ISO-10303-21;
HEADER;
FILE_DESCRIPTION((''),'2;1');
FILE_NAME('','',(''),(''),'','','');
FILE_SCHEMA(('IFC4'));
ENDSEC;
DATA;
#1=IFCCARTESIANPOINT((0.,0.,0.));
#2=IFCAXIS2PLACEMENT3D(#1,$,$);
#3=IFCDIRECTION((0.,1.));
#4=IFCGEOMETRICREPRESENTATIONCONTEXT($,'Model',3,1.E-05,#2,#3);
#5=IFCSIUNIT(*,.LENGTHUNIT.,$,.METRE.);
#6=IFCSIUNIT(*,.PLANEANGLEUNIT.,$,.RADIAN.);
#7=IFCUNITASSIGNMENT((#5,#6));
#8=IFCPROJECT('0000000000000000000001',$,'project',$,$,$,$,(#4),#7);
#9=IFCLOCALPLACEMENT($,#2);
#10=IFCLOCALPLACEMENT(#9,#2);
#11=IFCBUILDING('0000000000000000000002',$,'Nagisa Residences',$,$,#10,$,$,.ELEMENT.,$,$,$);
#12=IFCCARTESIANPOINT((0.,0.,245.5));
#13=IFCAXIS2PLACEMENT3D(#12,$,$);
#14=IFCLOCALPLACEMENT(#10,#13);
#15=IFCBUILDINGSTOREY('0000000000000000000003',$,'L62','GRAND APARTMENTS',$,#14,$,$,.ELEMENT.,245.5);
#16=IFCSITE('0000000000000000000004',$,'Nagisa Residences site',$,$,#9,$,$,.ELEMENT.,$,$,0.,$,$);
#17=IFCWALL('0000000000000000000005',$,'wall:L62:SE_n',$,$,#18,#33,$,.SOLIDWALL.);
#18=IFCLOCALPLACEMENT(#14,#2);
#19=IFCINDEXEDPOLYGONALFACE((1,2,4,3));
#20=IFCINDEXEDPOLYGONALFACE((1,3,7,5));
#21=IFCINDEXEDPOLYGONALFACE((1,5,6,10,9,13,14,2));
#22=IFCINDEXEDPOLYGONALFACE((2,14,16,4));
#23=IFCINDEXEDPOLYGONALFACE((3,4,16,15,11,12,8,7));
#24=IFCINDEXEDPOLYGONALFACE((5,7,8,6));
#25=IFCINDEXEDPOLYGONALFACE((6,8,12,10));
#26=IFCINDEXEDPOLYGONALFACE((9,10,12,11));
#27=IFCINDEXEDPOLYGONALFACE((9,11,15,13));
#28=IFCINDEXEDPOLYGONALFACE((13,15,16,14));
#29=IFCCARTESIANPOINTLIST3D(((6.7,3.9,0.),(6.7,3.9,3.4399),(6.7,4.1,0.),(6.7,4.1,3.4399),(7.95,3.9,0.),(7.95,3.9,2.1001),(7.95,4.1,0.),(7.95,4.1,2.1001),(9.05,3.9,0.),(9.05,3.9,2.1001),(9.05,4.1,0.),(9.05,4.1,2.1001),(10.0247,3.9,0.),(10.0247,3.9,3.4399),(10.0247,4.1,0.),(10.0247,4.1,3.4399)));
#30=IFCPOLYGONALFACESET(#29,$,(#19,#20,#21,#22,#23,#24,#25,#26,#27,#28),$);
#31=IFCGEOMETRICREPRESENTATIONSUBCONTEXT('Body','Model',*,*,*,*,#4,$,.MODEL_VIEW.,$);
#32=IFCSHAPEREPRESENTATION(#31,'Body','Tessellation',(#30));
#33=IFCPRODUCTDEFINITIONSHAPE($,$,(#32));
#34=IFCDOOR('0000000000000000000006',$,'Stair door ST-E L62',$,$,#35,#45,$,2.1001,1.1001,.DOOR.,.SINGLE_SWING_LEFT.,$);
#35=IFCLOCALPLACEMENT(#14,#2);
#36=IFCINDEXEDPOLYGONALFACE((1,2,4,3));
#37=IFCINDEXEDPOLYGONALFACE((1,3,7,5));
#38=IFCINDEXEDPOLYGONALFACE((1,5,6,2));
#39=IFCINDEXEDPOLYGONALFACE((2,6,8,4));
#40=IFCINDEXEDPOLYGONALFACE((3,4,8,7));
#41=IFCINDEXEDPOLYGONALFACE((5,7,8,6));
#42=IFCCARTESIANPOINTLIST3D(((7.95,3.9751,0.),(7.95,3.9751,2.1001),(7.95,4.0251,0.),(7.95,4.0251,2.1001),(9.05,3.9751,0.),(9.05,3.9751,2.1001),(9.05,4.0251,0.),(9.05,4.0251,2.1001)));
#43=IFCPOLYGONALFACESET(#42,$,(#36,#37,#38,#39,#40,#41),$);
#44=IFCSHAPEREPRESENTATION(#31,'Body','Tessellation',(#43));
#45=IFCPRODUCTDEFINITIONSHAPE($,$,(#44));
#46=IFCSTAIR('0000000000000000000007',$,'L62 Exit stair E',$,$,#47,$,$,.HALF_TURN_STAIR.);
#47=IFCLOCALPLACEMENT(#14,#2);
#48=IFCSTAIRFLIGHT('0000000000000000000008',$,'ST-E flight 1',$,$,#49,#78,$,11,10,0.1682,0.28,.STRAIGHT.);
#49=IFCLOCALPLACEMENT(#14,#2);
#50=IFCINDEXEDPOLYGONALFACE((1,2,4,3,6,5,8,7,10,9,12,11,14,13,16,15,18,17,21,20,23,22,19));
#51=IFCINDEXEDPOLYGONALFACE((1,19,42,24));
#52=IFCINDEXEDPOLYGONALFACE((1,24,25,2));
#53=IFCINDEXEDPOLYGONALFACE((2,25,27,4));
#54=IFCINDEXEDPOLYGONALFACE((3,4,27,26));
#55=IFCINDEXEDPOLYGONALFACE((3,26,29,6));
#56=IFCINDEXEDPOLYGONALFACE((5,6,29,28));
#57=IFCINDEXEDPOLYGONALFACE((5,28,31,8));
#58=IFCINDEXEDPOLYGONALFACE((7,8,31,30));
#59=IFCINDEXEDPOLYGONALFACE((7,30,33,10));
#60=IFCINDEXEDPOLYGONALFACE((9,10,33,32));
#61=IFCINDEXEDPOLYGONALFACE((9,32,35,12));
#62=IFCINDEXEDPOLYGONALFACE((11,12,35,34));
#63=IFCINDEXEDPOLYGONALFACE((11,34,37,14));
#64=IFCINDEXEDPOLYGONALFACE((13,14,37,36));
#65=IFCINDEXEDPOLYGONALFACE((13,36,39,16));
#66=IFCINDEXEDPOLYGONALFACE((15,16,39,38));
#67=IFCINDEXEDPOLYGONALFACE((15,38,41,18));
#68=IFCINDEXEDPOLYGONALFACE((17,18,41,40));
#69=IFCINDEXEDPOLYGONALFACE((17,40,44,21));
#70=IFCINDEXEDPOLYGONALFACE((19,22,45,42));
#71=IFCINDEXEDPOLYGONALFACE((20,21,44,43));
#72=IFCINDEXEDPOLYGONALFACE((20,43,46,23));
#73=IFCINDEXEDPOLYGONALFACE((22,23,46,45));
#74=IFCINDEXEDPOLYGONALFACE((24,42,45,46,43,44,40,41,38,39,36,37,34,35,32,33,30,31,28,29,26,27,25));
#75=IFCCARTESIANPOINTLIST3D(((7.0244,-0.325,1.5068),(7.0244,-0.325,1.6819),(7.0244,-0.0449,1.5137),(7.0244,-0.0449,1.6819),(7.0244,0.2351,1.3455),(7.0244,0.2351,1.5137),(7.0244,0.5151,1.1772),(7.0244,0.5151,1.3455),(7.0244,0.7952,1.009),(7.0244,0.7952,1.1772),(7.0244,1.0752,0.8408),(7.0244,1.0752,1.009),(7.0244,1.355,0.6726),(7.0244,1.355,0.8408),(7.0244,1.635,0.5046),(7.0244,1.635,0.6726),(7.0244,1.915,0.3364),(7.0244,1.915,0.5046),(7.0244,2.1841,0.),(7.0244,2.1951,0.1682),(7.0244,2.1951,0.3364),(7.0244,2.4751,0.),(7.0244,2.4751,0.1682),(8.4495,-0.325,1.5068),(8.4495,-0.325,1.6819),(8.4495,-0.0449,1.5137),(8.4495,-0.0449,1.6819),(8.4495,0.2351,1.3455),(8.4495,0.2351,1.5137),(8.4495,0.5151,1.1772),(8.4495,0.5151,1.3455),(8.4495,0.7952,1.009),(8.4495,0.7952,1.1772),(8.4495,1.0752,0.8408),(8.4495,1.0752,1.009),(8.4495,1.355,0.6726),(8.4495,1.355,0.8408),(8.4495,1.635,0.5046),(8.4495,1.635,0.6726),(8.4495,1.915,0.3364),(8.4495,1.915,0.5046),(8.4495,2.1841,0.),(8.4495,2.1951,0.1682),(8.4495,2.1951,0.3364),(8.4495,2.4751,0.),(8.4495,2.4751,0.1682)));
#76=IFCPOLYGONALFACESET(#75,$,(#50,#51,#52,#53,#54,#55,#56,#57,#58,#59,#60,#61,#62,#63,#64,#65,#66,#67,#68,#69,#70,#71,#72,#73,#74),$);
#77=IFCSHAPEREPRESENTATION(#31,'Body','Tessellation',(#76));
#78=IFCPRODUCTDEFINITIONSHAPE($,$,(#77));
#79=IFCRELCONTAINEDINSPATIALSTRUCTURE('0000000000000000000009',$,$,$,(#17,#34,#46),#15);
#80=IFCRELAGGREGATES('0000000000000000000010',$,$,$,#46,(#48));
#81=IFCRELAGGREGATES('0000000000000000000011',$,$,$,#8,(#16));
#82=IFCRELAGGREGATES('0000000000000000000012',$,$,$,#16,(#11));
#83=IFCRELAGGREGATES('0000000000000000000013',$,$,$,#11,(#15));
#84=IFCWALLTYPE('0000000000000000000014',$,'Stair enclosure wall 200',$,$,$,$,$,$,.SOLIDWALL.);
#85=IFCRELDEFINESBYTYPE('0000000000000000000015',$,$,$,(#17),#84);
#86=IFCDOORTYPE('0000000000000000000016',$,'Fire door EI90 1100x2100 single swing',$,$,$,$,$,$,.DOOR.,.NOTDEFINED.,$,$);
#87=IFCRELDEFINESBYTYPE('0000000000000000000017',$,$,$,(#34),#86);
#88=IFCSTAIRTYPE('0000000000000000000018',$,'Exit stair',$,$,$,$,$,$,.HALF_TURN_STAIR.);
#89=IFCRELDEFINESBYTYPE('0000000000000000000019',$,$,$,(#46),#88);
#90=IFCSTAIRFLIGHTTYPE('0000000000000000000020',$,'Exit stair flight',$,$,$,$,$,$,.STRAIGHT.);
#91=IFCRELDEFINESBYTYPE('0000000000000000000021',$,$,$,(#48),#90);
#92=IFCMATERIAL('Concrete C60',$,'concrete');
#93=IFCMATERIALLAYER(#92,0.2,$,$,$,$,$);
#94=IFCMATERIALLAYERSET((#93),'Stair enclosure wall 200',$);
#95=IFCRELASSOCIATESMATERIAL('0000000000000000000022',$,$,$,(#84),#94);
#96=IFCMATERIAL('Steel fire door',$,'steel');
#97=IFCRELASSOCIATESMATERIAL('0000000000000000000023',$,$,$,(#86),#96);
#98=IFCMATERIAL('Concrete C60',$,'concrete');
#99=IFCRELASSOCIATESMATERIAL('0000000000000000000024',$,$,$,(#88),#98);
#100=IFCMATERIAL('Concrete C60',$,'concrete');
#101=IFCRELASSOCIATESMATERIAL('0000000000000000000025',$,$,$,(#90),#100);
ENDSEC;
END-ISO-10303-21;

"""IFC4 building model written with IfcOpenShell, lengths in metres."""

from ifc_helpers import new_model, si_unit, direction, frame, frame_2d, origin, place, context, subcontext, project, spatial, polyline, rectangle, outline, extrude, material, layer, layer_set, type_object, element, fill, aggregate, save


model = new_model("IFC4")

# Units and contexts
model_context = context("Model", 3, precision=1e-05, world=origin(), true_north=direction((0.0, 1.0)))
body_context = subcontext(model_context, "Body", "Model", "MODEL_VIEW")
ifc_project = project(units=[si_unit("LENGTHUNIT", "METRE"), si_unit("PLANEANGLEUNIT", "RADIAN")], contexts=[model_context])

# Site, building, storey
site_placement = place(None, origin())
site = spatial("IfcSite", under=ifc_project, at=site_placement, Name="Nagisa Residences site", CompositionType="ELEMENT", RefElevation=0.0)
building_placement = place(site_placement, origin())
building = spatial("IfcBuilding", under=site, at=building_placement, Name="Nagisa Residences", CompositionType="ELEMENT")
storey_placement = place(building_placement, frame((0.0, 0.0, 245.5)))
storey = spatial("IfcBuildingStorey", under=building, at=storey_placement, Name="L62", Description="GRAND APARTMENTS", CompositionType="ELEMENT", Elevation=245.5)

# Wall, opening, door
ifc_material_1 = material(Name="Concrete C60", Category="concrete")
ifc_layer_1 = layer(ifc_material_1, 0.2)
ifc_layer_set_1 = layer_set([ifc_layer_1], Name="Stair enclosure wall 200")
wall_type_1 = type_object("IfcWallType", Name="Stair enclosure wall 200", PredefinedType="SOLIDWALL", material=ifc_layer_set_1)
wall_1_placement = place(storey_placement, frame((6.7, 4.0, 0.0), z_axis=(0.0, 0.0, 1.0), x_axis=(1.0, 0.0, 0.0)))
wall_1 = element("IfcWall", 1, at=wall_1_placement, inside=storey, type_object=wall_type_1, Name="wall:L62:SE_n", PredefinedType="SOLIDWALL", context=body_context, shape_type="SweptSolid", body=[
    extrude(rectangle(XDim=3.3247, YDim=0.2, at=frame_2d((1.6624, 0.0))), origin(), (0.0, 0.0, 1.0), 3.4399),
])
opening_1_placement = place(wall_1_placement, frame((1.25, 0.0, 0.0)))
opening_1 = element("IfcOpeningElement", 2, at=opening_1_placement, cuts=wall_1, PredefinedType="OPENING", context=body_context, shape_type="SweptSolid", body=[
    extrude(rectangle(XDim=1.1001, YDim=2.1001, at=frame_2d((0.55, 1.05))), frame((0.0, 0.1099, 0.0), z_axis=(0.0, -1.0, 0.0), x_axis=(1.0, 0.0, 0.0)), (0.0, 0.0, 1.0), 0.22),
])
ifc_material_2 = material(Name="Steel fire door", Category="steel")
door_type_1 = type_object("IfcDoorType", Name="Fire door EI90 1100x2100 single swing", OperationType="NOTDEFINED", PredefinedType="DOOR", material=ifc_material_2)
door_1_placement = place(opening_1_placement, frame((1.1001, 0.0, 0.0), x_axis=(-1.0, 0.0, 0.0)))
door_1 = element("IfcDoor", 3, at=door_1_placement, inside=storey, type_object=door_type_1, Name="Stair door ST-E L62", OperationType="SINGLE_SWING_LEFT", OverallHeight=2.1001, OverallWidth=1.1001, PredefinedType="DOOR", context=body_context, shape_type="SweptSolid", body=[
    extrude(rectangle(XDim=1.1001, YDim=2.1001, at=frame_2d((0.55, 1.05))), frame((0.0, 0.0249, 0.0), z_axis=(0.0, -1.0, 0.0), x_axis=(1.0, 0.0, 0.0)), (0.0, 0.0, 1.0), 0.05),
])
fill(opening_1, door_1)

# Stair, stair flight
ifc_material_3 = material(Name="Concrete C60", Category="concrete")
stair_type = type_object("IfcStairType", Name="Exit stair", PredefinedType="HALF_TURN_STAIR", material=ifc_material_3)
stair_placement = place(storey_placement, origin())
stair = element("IfcStair", 4, at=stair_placement, inside=storey, type_object=stair_type, Name="L62 Exit stair E", PredefinedType="HALF_TURN_STAIR")
ifc_material_4 = material(Name="Concrete C60", Category="concrete")
stair_flight_type = type_object("IfcStairFlightType", Name="Exit stair flight", PredefinedType="STRAIGHT", material=ifc_material_4)
stair_flight_placement = place(storey_placement, frame((7.7371, 2.4751, 0.0), z_axis=(0.0, 0.0, 1.0), x_axis=(0.0, -1.0, 0.0)))
stair_flight = element("IfcStairFlight", 5, at=stair_flight_placement, type_object=stair_flight_type, Name="ST-E flight 1", NumberOfRisers=11, NumberOfTreads=10, PredefinedType="STRAIGHT", RiserHeight=0.1682, TreadLength=0.28, context=body_context, shape_type="SweptSolid", body=[
    extrude(outline(polyline([(0.0, 0.0), (0.0, 0.1682), (0.28, 0.1682), (0.28, 0.3364), (0.5601, 0.3364), (0.5601, 0.5046), (0.8401, 0.5046), (0.8401, 0.6726), (1.1201, 0.6726), (1.1201, 0.8408), (1.3999, 0.8408), (1.3999, 1.009), (1.6799, 1.009), (1.6799, 1.1772), (1.96, 1.1772), (1.96, 1.3455), (2.24, 1.3455), (2.24, 1.5137), (2.52, 1.5137), (2.52, 1.6819), (2.8, 1.6819), (2.8, 1.8501), (2.8, 1.5068), (0.291, 0.0), (0.0, 0.0)])), frame((0.0, 0.7124, 0.0), z_axis=(0.0, -1.0, 0.0), x_axis=(1.0, 0.0, 0.0)), (0.0, 0.0, 1.0), 1.425),
])
aggregate(stair, [stair_flight])

save(model, "model.ifc")
